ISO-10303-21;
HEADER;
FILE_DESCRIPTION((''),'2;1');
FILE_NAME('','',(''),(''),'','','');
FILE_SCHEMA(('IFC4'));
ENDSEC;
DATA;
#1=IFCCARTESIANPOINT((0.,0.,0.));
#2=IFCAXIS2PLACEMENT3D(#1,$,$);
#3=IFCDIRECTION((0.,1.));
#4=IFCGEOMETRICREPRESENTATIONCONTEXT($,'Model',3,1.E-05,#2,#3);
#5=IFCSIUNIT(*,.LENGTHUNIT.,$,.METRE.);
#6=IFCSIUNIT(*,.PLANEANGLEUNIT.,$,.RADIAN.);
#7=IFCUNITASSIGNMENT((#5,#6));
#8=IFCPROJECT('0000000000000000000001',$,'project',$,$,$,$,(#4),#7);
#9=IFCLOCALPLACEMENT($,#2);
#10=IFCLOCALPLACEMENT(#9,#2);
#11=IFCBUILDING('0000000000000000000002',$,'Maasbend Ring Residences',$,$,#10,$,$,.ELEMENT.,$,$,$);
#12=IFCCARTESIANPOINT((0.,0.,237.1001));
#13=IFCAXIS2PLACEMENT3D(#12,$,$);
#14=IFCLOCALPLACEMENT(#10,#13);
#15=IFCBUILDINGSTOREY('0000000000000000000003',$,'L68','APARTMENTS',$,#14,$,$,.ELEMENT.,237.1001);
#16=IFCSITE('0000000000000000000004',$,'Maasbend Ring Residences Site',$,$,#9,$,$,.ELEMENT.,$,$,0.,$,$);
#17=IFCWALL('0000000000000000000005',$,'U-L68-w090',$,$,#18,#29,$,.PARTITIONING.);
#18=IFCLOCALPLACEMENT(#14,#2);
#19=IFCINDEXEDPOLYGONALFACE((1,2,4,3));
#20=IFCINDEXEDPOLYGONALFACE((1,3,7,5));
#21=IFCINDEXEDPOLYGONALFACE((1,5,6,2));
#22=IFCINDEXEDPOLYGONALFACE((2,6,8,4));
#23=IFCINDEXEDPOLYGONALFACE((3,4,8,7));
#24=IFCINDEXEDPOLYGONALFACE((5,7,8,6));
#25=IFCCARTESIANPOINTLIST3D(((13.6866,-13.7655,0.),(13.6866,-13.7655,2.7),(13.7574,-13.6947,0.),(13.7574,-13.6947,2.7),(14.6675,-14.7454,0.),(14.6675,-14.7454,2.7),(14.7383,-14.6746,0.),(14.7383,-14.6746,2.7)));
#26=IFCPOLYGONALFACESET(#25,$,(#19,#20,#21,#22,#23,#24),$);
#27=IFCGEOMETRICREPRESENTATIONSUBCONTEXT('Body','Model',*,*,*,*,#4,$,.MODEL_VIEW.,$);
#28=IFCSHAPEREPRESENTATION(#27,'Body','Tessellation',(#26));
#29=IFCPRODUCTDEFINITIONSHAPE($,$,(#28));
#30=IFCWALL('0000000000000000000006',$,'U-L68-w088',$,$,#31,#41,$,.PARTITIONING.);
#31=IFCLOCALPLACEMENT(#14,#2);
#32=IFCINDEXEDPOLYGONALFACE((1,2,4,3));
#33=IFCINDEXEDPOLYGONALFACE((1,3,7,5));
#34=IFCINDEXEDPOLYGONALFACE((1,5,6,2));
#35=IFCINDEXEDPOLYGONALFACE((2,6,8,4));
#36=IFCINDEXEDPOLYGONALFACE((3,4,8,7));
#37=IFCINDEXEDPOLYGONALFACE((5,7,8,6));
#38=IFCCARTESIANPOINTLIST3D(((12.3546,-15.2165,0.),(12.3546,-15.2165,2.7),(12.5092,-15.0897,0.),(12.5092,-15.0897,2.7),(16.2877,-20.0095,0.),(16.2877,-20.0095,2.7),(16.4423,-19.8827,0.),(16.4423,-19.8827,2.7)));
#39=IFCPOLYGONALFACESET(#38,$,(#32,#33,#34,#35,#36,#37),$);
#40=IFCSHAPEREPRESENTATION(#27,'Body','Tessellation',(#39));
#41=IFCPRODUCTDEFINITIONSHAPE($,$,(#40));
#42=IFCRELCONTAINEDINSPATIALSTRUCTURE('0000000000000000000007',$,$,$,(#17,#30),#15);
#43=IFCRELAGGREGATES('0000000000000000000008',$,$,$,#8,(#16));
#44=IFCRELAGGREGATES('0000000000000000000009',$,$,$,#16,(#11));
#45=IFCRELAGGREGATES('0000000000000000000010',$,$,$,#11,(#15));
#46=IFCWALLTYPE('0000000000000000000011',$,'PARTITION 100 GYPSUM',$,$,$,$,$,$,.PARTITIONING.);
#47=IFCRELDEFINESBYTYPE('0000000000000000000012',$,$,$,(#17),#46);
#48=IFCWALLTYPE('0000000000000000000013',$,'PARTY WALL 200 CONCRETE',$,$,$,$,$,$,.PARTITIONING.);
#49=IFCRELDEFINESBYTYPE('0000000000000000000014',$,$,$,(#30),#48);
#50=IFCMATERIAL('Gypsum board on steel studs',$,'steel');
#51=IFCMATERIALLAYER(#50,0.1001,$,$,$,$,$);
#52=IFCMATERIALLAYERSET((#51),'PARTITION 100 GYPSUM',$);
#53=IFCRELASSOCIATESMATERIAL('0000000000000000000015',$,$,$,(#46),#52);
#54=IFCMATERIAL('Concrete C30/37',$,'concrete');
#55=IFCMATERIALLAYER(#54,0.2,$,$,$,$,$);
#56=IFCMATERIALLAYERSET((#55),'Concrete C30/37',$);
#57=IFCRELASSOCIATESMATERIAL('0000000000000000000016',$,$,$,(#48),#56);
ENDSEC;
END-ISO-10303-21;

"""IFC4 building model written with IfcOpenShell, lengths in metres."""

from ifc_helpers import new_model, si_unit, direction, frame, frame_2d, origin, place, context, subcontext, project, spatial, rectangle, extrude, material, layer, layer_set, type_object, element, save


model = new_model("IFC4")

# Units and contexts
model_context = context("Model", 3, precision=1e-05, world=origin(), true_north=direction((0.0, 1.0)))
body_context = subcontext(model_context, "Body", "Model", "MODEL_VIEW")
ifc_project = project(units=[si_unit("LENGTHUNIT", "METRE"), si_unit("PLANEANGLEUNIT", "RADIAN")], contexts=[model_context])

# Site, building, storey
site_placement = place(None, origin())
site = spatial("IfcSite", under=ifc_project, at=site_placement, Name="Maasbend Ring Residences Site", CompositionType="ELEMENT", RefElevation=0.0)
building_placement = place(site_placement, origin())
building = spatial("IfcBuilding", under=site, at=building_placement, Name="Maasbend Ring Residences", CompositionType="ELEMENT")
storey_placement = place(building_placement, frame((0.0, 0.0, 237.1001)))
storey = spatial("IfcBuildingStorey", under=building, at=storey_placement, Name="L68", Description="APARTMENTS", CompositionType="ELEMENT", Elevation=237.1001)

# Shared definitions
ifc_material_1 = material(Name="Gypsum board on steel studs", Category="steel")
ifc_layer_1 = layer(ifc_material_1, 0.1001)
ifc_layer_set_1 = layer_set([ifc_layer_1], Name="PARTITION 100 GYPSUM")
wall_type_1 = type_object("IfcWallType", Name="PARTITION 100 GYPSUM", PredefinedType="PARTITIONING", material=ifc_layer_set_1)

# Walls
wall_1_placement = place(storey_placement, frame((13.7219, -13.73, 0.0), z_axis=(0.0, 0.0, 1.0), x_axis=(0.707459, -0.706755, 0.0)))
element("IfcWall", 1, at=wall_1_placement, inside=storey, type_object=wall_type_1, Name="U-L68-w090", PredefinedType="PARTITIONING", context=body_context, shape_type="SweptSolid", body=[
    extrude(rectangle(XDim=1.3865, YDim=0.1001, at=frame_2d((0.6934, 0.0))), origin(), (0.0, 0.0, 1.0), 2.7),
])
ifc_material_2 = material(Name="Concrete C30/37", Category="concrete")
ifc_layer_2 = layer(ifc_material_2, 0.2)
ifc_layer_set_2 = layer_set([ifc_layer_2], Name="Concrete C30/37")
wall_type_2 = type_object("IfcWallType", Name="PARTY WALL 200 CONCRETE", PredefinedType="PARTITIONING", material=ifc_layer_set_2)
wall_2_placement = place(storey_placement, frame((12.4319, -15.1531, 0.0), z_axis=(0.0, 0.0, 1.0), x_axis=(0.634356, -0.773041, 0.0)))
element("IfcWall", 2, at=wall_2_placement, inside=storey, type_object=wall_type_2, Name="U-L68-w088", PredefinedType="PARTITIONING", context=body_context, shape_type="SweptSolid", body=[
    extrude(rectangle(XDim=6.2002, YDim=0.2, at=frame_2d((3.1001, 0.0))), origin(), (0.0, 0.0, 1.0), 2.7),
])

save(model, "model.ifc")
